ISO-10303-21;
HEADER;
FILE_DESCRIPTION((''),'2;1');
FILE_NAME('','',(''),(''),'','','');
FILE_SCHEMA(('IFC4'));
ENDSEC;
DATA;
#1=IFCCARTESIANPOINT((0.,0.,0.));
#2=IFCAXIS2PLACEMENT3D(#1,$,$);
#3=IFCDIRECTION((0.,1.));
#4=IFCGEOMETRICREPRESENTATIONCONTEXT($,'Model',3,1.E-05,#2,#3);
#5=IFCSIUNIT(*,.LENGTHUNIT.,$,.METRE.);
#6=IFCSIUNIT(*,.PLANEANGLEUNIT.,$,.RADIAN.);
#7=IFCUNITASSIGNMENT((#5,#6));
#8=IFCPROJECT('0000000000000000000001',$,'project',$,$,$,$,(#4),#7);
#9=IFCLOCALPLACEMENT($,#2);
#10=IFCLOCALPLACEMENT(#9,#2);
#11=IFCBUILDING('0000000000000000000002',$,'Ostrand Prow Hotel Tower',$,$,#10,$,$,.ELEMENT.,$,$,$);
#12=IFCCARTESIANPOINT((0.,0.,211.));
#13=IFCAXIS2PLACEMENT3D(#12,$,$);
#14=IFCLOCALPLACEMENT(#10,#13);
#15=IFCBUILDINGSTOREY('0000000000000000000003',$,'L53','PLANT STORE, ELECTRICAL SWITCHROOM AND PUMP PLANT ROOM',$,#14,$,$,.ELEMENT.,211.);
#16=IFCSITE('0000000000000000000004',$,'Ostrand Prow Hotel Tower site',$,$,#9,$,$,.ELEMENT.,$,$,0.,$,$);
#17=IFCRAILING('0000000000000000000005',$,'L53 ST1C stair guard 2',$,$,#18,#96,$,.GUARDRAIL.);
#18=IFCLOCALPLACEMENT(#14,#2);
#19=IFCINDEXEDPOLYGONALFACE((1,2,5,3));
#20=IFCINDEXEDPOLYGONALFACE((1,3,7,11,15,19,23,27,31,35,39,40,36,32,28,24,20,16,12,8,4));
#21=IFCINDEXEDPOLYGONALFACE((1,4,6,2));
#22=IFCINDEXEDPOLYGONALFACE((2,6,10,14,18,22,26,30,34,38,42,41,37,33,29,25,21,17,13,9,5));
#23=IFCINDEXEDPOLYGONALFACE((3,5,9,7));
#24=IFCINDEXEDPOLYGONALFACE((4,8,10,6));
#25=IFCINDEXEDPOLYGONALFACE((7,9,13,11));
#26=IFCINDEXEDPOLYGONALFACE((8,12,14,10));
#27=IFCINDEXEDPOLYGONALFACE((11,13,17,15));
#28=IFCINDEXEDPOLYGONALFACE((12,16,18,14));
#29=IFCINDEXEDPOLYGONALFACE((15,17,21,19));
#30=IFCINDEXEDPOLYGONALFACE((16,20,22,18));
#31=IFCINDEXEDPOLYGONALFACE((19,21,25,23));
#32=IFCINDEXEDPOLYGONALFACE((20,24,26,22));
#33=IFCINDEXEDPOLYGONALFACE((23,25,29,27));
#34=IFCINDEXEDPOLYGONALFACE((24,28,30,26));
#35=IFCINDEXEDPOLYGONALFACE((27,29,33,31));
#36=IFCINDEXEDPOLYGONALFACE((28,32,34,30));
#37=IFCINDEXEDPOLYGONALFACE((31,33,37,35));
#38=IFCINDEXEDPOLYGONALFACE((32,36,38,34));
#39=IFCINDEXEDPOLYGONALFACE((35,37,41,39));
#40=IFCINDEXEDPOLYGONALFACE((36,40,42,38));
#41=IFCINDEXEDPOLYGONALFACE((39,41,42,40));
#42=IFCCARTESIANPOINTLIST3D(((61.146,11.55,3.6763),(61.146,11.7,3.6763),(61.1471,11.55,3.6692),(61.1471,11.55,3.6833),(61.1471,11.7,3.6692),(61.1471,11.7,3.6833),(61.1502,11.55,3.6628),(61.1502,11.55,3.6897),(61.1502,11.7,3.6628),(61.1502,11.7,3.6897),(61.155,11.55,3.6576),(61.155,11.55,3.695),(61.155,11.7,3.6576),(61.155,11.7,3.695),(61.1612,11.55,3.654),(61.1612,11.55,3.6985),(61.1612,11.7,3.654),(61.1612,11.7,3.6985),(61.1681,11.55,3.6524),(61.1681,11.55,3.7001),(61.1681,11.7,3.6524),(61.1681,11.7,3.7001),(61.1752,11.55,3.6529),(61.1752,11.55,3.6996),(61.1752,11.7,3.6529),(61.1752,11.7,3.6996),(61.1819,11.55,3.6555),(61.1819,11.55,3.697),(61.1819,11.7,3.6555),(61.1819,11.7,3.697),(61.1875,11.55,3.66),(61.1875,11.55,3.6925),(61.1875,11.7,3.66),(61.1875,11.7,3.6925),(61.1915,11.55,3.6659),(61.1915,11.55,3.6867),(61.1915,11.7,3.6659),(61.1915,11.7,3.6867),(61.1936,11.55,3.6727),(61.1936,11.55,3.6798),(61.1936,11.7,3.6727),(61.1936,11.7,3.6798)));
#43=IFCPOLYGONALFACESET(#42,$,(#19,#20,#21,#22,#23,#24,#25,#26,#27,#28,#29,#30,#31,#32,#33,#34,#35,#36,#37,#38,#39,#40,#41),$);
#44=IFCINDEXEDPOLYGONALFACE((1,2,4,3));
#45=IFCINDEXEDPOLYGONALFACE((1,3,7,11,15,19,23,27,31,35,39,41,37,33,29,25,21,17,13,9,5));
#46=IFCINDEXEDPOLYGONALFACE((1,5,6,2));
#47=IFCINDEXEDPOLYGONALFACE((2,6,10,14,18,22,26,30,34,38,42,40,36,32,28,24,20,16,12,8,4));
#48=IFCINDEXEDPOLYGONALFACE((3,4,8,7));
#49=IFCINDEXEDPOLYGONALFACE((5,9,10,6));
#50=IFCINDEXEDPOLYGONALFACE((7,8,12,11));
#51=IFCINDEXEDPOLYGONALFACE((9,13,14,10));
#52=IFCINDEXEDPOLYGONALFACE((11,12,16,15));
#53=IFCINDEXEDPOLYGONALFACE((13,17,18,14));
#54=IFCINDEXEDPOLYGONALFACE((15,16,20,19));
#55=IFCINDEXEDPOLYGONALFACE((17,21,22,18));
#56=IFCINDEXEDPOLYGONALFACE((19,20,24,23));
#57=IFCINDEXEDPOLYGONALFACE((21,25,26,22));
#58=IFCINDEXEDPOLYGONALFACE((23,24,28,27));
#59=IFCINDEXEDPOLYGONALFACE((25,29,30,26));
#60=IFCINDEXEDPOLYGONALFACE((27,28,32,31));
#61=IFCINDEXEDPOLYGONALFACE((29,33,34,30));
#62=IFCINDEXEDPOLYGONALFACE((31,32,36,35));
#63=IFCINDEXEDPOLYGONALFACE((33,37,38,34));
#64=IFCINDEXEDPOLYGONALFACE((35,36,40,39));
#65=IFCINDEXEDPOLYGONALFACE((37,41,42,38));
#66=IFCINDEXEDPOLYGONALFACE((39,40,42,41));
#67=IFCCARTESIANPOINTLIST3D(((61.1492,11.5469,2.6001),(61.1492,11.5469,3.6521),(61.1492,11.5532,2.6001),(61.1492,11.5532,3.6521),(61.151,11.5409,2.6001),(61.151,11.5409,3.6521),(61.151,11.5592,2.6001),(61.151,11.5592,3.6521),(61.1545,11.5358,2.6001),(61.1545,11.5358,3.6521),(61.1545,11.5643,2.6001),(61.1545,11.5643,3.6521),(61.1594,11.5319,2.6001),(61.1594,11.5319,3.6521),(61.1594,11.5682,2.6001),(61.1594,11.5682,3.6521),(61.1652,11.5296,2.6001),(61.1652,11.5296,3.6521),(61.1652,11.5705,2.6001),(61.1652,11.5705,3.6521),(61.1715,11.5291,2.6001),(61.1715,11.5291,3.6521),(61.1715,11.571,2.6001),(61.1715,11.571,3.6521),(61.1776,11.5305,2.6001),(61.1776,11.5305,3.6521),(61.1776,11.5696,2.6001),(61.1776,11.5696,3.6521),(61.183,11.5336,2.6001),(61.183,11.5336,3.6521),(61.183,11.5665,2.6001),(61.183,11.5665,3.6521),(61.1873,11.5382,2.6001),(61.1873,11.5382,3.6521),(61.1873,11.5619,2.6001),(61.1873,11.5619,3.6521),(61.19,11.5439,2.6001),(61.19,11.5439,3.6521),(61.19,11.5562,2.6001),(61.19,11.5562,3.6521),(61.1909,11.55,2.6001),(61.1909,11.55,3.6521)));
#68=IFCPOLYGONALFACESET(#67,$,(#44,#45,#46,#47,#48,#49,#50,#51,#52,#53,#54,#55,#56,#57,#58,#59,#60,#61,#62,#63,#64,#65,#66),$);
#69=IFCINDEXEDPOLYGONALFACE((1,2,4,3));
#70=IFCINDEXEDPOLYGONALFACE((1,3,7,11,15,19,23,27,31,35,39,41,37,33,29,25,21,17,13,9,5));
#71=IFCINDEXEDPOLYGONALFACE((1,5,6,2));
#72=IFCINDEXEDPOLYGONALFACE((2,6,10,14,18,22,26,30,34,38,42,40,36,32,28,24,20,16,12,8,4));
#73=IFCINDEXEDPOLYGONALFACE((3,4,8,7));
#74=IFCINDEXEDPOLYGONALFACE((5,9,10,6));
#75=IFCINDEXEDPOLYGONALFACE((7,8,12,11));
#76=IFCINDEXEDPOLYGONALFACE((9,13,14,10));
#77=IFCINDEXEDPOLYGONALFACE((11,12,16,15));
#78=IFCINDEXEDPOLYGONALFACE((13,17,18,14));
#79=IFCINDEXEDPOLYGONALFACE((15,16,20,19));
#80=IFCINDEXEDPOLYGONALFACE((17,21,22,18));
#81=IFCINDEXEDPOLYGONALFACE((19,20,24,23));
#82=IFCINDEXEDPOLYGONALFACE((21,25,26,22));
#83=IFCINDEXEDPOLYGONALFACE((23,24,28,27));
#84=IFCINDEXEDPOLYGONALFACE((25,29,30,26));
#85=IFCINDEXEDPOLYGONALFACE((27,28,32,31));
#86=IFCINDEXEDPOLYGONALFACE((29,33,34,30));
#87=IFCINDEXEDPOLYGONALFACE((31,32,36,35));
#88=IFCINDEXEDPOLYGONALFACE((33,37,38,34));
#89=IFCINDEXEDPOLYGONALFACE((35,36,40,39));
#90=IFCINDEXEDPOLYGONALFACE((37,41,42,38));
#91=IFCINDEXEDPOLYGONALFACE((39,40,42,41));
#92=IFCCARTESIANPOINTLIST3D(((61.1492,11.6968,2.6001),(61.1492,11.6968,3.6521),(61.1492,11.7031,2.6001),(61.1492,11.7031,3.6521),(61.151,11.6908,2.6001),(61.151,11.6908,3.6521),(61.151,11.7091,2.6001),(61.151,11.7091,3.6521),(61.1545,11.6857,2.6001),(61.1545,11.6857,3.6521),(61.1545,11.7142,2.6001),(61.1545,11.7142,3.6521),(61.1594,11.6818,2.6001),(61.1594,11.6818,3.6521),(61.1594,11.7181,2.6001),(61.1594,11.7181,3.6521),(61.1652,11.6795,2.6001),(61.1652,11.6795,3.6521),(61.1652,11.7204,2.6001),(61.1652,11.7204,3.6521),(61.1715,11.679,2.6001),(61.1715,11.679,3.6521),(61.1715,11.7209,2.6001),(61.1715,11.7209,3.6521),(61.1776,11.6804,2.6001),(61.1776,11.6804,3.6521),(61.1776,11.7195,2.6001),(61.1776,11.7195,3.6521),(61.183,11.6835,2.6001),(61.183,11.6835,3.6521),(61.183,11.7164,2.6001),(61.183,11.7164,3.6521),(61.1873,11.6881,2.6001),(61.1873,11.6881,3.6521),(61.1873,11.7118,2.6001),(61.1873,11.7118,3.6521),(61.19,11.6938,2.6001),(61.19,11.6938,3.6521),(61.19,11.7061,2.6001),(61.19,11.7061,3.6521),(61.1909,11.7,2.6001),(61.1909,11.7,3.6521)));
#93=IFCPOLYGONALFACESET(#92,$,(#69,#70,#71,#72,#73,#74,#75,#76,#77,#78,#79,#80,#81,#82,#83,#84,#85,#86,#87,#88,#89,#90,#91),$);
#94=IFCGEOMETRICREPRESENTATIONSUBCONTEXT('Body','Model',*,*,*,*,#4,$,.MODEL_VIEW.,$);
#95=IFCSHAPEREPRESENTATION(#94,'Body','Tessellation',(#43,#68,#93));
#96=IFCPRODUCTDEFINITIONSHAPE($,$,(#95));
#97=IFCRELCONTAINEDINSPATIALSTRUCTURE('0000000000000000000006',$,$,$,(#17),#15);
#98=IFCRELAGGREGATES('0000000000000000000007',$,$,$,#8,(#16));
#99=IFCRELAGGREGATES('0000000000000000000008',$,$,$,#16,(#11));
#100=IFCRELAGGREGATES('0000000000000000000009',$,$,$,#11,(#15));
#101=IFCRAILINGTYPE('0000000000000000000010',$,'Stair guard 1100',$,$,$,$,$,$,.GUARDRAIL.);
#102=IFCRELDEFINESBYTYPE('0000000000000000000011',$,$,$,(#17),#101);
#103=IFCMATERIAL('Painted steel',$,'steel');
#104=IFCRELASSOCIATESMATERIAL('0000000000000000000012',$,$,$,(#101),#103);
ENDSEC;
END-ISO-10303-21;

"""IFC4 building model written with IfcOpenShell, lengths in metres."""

from ifc_helpers import new_model, si_unit, direction, frame, origin, origin_2d, place, context, subcontext, project, spatial, circle, extrude, material, type_object, element, save


model = new_model("IFC4")

# Units and contexts
model_context = context("Model", 3, precision=1e-05, world=origin(), true_north=direction((0.0, 1.0)))
body_context = subcontext(model_context, "Body", "Model", "MODEL_VIEW")
ifc_project = project(units=[si_unit("LENGTHUNIT", "METRE"), si_unit("PLANEANGLEUNIT", "RADIAN")], contexts=[model_context])

# Site, building, storey
site_placement = place(None, origin())
site = spatial("IfcSite", under=ifc_project, at=site_placement, Name="Ostrand Prow Hotel Tower site", CompositionType="ELEMENT", RefElevation=0.0)
building_placement = place(site_placement, origin())
building = spatial("IfcBuilding", under=site, at=building_placement, Name="Ostrand Prow Hotel Tower", CompositionType="ELEMENT")
storey_placement = place(building_placement, frame((0.0, 0.0, 211.0)))
storey = spatial("IfcBuildingStorey", under=building, at=storey_placement, Name="L53", Description="PLANT STORE, ELECTRICAL SWITCHROOM AND PUMP PLANT ROOM", CompositionType="ELEMENT", Elevation=211.0)

# Railing
ifc_material_1 = material(Name="Painted steel", Category="steel")
railing_type_1 = type_object("IfcRailingType", Name="Stair guard 1100", PredefinedType="GUARDRAIL", material=ifc_material_1)
railing_1_placement = place(storey_placement, frame((61.1699, 11.55, 2.6001)))
element("IfcRailing", 1, at=railing_1_placement, inside=storey, type_object=railing_type_1, Name="L53 ST1C stair guard 2", PredefinedType="GUARDRAIL", context=body_context, shape_type="SweptSolid", body=[
    extrude(circle(Radius=0.0239, at=origin_2d()), frame((0.0, 0.0, 1.0762), z_axis=(0.0, 1.0, 0.0), x_axis=(-1.0, 0.0, 0.0)), (0.0, 0.0, 1.0), 0.1499),
    extrude(circle(Radius=0.021, at=origin_2d()), origin(), (0.0, 0.0, 1.0), 1.052),
    extrude(circle(Radius=0.021, at=origin_2d()), frame((0.0, 0.1499, 0.0)), (0.0, 0.0, 1.0), 1.052),
])

save(model, "model.ifc")
